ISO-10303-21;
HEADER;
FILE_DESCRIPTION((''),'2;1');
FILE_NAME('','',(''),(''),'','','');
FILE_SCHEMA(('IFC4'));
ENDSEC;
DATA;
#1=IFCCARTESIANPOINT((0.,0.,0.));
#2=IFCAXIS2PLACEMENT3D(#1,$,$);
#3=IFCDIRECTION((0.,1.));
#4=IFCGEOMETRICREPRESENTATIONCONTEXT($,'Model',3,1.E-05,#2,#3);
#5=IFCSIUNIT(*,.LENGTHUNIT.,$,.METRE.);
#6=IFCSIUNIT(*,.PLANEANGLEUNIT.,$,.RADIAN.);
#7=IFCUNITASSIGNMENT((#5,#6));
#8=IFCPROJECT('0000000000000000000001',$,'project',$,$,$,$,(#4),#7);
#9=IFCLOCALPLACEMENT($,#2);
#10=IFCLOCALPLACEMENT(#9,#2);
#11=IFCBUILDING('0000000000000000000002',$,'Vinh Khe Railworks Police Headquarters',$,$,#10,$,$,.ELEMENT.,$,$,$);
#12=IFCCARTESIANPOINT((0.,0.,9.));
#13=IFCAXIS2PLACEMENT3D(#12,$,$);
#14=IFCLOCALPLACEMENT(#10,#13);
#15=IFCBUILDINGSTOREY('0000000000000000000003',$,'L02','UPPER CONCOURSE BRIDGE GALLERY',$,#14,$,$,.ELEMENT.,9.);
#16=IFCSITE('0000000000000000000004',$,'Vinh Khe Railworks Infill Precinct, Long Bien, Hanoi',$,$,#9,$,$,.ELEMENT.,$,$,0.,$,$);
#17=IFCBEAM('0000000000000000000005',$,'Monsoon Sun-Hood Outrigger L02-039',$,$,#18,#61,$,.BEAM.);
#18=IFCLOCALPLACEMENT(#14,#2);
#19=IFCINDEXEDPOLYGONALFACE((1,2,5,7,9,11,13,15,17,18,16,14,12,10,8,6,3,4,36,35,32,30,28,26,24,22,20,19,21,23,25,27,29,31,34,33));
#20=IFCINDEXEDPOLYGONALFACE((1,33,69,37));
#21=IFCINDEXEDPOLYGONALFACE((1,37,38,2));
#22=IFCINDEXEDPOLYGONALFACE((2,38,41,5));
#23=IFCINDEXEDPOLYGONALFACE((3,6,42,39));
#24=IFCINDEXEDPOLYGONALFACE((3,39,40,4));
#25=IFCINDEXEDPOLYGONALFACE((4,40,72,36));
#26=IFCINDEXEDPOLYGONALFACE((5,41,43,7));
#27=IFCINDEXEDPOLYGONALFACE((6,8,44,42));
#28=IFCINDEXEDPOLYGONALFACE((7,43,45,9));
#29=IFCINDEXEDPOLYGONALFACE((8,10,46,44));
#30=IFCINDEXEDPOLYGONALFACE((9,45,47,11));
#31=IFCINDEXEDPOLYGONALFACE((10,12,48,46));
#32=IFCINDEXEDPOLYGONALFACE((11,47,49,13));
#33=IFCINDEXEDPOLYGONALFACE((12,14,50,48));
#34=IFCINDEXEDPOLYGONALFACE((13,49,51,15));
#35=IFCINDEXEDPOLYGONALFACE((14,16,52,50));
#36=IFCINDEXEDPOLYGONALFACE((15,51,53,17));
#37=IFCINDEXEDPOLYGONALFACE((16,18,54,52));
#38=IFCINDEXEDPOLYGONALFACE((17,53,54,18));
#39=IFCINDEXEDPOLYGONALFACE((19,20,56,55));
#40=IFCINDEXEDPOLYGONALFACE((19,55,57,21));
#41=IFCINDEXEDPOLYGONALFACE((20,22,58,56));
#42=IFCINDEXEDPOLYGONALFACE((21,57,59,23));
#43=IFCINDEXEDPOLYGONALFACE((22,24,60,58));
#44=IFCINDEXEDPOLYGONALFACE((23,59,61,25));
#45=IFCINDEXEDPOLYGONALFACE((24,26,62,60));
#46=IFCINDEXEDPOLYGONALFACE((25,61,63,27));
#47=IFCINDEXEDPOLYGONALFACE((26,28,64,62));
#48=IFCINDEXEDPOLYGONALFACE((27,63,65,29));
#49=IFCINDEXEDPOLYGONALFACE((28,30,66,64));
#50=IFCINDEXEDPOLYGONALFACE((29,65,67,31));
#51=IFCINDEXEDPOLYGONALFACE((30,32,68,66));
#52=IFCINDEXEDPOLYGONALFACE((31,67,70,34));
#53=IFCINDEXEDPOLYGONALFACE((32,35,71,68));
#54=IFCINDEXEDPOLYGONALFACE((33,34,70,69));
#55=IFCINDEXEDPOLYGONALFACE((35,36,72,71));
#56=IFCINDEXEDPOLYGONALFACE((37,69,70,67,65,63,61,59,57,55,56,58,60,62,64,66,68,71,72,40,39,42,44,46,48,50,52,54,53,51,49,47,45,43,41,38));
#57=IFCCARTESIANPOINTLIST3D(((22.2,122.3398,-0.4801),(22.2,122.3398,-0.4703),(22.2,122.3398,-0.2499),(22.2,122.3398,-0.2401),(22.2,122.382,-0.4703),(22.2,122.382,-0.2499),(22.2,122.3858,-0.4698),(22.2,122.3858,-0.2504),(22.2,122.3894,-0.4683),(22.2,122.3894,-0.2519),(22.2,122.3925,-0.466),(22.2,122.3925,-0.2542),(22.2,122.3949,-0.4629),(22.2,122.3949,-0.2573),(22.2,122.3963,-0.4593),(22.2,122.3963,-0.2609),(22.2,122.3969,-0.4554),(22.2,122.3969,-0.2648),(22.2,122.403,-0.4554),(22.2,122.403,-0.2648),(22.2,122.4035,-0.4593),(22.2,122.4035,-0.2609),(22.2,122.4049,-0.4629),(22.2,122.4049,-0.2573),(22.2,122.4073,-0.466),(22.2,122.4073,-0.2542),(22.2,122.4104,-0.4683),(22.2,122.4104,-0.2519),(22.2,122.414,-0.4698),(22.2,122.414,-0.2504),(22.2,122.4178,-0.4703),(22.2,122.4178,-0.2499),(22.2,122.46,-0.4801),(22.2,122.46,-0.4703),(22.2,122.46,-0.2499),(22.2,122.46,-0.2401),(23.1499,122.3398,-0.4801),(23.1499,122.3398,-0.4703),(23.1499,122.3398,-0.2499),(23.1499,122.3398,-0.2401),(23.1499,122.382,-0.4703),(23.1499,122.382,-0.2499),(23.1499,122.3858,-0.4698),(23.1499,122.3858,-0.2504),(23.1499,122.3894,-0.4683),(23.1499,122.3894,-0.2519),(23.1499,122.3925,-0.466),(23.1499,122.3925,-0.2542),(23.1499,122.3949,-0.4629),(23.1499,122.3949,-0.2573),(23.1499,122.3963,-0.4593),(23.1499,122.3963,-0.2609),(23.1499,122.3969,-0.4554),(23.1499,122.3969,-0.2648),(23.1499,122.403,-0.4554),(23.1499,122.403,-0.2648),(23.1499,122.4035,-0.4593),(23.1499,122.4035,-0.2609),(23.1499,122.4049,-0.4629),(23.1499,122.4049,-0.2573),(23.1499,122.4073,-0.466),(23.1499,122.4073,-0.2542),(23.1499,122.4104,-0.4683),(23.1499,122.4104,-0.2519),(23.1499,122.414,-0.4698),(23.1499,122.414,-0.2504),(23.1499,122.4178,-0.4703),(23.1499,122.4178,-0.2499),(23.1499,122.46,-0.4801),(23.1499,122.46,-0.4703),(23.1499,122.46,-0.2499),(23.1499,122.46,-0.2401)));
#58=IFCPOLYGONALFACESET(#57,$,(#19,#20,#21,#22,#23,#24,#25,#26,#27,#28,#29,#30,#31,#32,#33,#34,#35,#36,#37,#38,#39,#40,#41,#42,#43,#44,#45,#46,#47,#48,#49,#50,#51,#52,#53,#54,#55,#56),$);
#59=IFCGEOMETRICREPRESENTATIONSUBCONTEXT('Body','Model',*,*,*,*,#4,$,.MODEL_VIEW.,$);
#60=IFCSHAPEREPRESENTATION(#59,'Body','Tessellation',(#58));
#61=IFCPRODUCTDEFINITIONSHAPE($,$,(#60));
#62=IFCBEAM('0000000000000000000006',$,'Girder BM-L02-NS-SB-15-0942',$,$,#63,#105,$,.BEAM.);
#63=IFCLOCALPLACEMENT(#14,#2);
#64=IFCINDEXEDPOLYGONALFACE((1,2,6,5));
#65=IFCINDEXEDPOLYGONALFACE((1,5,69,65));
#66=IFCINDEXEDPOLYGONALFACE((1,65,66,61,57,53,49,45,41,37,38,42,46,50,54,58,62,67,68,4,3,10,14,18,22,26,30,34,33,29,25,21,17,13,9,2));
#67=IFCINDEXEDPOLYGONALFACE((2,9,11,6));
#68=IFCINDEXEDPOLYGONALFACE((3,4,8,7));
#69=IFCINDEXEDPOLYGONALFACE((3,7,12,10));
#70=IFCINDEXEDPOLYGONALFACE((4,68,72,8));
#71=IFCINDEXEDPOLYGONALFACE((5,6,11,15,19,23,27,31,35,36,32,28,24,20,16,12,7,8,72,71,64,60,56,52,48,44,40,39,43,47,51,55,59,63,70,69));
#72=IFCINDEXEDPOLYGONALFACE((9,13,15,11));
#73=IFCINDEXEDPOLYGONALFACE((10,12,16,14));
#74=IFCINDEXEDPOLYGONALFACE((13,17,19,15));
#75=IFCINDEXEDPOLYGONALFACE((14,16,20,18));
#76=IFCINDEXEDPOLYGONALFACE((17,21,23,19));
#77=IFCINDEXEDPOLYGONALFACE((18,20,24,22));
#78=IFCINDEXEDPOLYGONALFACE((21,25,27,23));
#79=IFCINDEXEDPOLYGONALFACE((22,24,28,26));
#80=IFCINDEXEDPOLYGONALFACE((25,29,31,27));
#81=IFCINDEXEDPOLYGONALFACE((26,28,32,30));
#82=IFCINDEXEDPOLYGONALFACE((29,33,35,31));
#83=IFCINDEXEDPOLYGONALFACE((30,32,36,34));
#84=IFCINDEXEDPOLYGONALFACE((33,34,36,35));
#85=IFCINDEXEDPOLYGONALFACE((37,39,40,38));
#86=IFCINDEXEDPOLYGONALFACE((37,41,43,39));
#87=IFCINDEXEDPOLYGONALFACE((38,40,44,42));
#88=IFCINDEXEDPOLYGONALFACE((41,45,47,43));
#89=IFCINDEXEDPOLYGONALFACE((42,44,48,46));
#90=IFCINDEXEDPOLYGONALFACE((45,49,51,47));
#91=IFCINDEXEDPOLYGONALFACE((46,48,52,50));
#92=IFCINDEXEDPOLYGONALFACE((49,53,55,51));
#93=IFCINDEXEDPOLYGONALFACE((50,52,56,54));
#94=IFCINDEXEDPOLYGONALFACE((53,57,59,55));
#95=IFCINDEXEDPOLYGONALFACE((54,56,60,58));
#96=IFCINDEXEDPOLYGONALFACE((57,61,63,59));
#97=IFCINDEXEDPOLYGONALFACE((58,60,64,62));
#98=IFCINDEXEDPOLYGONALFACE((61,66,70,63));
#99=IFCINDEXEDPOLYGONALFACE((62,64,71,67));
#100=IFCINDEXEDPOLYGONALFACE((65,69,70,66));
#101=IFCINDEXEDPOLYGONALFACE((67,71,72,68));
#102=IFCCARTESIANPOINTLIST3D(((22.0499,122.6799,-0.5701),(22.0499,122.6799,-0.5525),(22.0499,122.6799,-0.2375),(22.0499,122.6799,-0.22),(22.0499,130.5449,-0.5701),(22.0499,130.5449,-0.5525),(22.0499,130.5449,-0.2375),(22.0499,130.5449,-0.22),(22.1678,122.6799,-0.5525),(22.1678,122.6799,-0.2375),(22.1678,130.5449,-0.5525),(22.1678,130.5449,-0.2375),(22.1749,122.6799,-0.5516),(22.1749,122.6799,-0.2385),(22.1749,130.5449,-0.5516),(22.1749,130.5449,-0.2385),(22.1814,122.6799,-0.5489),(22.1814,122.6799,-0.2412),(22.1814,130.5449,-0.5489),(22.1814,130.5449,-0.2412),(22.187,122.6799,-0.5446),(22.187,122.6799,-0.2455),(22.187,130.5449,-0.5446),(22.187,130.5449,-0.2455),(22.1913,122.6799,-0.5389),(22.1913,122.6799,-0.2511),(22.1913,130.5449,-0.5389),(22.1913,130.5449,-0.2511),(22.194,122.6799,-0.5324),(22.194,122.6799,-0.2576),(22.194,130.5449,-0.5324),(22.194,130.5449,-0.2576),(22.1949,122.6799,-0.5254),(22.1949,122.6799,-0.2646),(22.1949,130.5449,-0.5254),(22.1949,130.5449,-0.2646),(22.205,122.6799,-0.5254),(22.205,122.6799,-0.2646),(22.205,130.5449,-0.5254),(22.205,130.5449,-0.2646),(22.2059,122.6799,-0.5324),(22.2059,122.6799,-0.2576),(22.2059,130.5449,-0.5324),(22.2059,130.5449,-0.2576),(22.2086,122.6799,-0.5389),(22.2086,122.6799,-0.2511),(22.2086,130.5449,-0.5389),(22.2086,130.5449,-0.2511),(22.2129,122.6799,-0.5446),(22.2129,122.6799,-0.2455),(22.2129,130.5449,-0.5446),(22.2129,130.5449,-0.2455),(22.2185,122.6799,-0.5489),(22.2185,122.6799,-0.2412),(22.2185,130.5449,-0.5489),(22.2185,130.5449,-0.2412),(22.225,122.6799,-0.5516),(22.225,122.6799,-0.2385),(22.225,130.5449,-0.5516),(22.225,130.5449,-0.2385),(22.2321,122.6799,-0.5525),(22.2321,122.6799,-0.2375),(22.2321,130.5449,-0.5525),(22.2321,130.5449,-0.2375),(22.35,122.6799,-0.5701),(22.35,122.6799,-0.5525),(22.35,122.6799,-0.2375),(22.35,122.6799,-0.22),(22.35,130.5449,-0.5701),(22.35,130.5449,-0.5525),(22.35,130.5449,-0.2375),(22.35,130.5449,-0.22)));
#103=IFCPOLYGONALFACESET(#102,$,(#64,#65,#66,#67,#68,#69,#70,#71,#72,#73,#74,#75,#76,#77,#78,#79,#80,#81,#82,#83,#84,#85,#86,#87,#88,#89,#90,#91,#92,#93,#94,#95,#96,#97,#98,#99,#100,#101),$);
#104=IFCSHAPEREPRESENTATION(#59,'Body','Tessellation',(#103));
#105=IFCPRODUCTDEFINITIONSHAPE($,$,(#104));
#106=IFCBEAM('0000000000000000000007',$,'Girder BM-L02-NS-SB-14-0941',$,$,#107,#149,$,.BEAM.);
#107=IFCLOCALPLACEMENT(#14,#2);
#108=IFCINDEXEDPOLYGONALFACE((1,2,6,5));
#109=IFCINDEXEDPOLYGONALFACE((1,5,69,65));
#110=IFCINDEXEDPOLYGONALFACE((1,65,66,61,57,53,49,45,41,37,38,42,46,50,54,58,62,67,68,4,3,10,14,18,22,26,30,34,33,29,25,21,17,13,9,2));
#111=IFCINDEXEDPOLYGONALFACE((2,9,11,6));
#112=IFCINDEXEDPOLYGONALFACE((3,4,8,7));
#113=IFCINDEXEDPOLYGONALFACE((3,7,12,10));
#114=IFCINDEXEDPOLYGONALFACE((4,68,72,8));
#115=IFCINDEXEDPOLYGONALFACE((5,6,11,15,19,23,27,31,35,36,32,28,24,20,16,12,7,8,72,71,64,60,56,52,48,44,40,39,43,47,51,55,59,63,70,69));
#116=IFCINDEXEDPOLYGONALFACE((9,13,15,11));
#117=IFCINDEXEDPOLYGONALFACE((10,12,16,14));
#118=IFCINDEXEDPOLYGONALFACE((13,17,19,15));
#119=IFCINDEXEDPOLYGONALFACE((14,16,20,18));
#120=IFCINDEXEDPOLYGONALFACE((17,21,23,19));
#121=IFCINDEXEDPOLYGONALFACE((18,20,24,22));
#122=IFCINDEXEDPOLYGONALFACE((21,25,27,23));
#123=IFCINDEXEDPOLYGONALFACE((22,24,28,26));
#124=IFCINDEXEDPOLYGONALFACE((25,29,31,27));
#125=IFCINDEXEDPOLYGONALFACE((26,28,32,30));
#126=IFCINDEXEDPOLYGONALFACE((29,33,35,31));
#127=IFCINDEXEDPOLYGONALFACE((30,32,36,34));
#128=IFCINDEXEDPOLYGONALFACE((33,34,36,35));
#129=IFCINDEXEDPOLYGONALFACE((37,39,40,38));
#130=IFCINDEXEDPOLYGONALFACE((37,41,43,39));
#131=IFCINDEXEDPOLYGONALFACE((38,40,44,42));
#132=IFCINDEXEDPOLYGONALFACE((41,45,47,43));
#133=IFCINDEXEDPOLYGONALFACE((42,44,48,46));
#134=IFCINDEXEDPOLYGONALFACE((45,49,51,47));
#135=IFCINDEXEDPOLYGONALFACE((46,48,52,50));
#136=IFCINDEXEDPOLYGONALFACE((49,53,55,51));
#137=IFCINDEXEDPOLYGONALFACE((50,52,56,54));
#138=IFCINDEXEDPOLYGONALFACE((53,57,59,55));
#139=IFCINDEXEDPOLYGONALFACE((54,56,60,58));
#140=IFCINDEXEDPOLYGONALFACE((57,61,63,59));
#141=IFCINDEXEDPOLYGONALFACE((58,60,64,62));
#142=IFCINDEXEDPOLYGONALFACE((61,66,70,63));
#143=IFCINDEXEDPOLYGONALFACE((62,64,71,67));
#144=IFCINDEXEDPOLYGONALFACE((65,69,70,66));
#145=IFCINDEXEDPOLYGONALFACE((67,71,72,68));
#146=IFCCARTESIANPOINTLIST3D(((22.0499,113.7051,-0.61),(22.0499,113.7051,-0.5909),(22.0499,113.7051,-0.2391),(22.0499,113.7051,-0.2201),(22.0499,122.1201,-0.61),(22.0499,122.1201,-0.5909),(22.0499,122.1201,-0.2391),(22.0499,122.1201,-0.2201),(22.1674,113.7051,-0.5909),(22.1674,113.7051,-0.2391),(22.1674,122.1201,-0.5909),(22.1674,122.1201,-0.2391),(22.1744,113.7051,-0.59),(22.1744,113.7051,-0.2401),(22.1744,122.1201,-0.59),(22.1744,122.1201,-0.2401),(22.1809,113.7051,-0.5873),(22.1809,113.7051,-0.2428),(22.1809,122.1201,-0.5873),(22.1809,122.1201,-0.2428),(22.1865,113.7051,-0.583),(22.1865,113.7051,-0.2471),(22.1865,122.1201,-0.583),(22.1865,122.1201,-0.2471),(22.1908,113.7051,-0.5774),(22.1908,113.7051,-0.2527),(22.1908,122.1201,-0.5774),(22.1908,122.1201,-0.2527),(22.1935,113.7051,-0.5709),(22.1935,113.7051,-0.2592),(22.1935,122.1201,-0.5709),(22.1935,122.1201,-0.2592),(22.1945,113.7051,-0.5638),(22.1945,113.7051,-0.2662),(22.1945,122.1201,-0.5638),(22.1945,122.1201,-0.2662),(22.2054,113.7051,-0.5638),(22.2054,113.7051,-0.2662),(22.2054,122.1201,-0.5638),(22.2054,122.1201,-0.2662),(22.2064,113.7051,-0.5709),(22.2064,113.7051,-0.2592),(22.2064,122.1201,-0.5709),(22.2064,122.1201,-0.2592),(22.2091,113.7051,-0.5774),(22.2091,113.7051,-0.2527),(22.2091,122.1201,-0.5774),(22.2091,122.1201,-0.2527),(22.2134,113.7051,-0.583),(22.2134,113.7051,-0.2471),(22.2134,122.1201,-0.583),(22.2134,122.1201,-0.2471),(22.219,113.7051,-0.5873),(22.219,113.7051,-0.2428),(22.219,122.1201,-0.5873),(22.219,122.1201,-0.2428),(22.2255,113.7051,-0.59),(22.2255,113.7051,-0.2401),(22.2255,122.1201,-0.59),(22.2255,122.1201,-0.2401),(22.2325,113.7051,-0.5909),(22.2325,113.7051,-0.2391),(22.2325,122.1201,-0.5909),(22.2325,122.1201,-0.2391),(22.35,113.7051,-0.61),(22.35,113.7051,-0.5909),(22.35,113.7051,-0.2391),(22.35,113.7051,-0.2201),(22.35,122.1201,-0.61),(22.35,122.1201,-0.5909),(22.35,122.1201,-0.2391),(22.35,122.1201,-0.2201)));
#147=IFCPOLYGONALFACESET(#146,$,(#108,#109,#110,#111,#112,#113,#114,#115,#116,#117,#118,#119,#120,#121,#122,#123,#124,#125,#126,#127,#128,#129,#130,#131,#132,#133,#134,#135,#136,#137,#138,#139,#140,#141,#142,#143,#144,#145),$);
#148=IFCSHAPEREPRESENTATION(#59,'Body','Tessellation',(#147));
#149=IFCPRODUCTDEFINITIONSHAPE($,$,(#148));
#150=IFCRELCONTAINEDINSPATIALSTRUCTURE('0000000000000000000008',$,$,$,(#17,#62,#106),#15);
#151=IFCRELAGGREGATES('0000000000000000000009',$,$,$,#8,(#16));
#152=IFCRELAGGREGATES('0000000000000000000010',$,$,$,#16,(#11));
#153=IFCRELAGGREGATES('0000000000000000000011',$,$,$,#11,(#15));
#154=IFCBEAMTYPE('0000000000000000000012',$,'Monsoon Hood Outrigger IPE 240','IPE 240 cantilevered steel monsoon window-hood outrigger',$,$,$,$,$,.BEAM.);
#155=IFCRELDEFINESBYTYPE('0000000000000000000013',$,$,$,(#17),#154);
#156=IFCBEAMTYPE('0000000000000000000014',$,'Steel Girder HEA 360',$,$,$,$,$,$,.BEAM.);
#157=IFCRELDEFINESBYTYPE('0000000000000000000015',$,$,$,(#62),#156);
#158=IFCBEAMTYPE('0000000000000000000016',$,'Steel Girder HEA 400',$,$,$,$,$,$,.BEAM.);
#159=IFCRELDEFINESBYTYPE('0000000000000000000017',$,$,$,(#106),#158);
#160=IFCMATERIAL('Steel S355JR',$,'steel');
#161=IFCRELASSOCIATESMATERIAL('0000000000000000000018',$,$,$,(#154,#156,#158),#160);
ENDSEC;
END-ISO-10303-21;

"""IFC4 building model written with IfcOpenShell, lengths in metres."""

from ifc_helpers import new_model, si_unit, direction, frame, origin, origin_2d, place, context, subcontext, project, spatial, i_section, extrude, material, material_profile, profile_set, type_object, element, save


model = new_model("IFC4")

# Units and contexts
model_context = context("Model", 3, precision=1e-05, world=origin(), true_north=direction((0.0, 1.0)))
body_context = subcontext(model_context, "Body", "Model", "MODEL_VIEW")
ifc_project = project(units=[si_unit("LENGTHUNIT", "METRE"), si_unit("PLANEANGLEUNIT", "RADIAN")], contexts=[model_context])

# Site, building, storey
site_placement = place(None, origin())
site = spatial("IfcSite", under=ifc_project, at=site_placement, Name="Vinh Khe Railworks Infill Precinct, Long Bien, Hanoi", CompositionType="ELEMENT", RefElevation=0.0)
building_placement = place(site_placement, origin())
building = spatial("IfcBuilding", under=site, at=building_placement, Name="Vinh Khe Railworks Police Headquarters", CompositionType="ELEMENT")
storey_placement = place(building_placement, frame((0.0, 0.0, 9.0)))
storey = spatial("IfcBuildingStorey", under=building, at=storey_placement, Name="L02", Description="UPPER CONCOURSE BRIDGE GALLERY", CompositionType="ELEMENT", Elevation=9.0)

# Shared definitions
ifc_material_1 = material(Name="Steel S355JR", Category="steel")

# Beams
ifc_material_profile_1 = material_profile(ifc_material_1, i_section(OverallWidth=0.1201, OverallDepth=0.24, WebThickness=0.0061, FlangeThickness=0.0098, FilletRadius=0.0149, at=origin_2d()), Name="IPE 240")
ifc_profile_set_1 = profile_set([ifc_material_profile_1], Name="Steel S355JR")
beam_type_1 = type_object("IfcBeamType", Name="Monsoon Hood Outrigger IPE 240", Description="IPE 240 cantilevered steel monsoon window-hood outrigger", PredefinedType="BEAM", material=ifc_profile_set_1)
for number, where, z_axis, x_axis, name in (
    (1, (22.2, 122.3999, -0.3601), (1.0, 0.0, 0.0), (0.0, 1.0, 0.0), "Monsoon Sun-Hood Outrigger L02-039"),
):
    element("IfcBeam", number, at=place(storey_placement, frame(where, z_axis=z_axis, x_axis=x_axis)), inside=storey, type_object=beam_type_1, Name=name, PredefinedType="BEAM", context=body_context, shape_type="SweptSolid", body=[
        extrude(i_section(OverallWidth=0.1201, OverallDepth=0.24, WebThickness=0.0061, FlangeThickness=0.0098, FilletRadius=0.0149, at=origin_2d()), origin(), (0.0, 0.0, 1.0), 0.95),
    ])
ifc_material_profile_2 = material_profile(ifc_material_1, i_section(OverallWidth=0.3, OverallDepth=0.3501, WebThickness=0.01, FlangeThickness=0.0176, FilletRadius=0.0271, at=origin_2d()), Name="HEA 360")
ifc_profile_set_2 = profile_set([ifc_material_profile_2], Name="Steel S355JR")
beam_type_2 = type_object("IfcBeamType", Name="Steel Girder HEA 360", PredefinedType="BEAM", material=ifc_profile_set_2)
beam_1_placement = place(storey_placement, frame((22.2, 122.6799, -0.395), z_axis=(0.0, 1.0, 0.0), x_axis=(-1.0, 0.0, 0.0)))
element("IfcBeam", 2, at=beam_1_placement, inside=storey, type_object=beam_type_2, Name="Girder BM-L02-NS-SB-15-0942", PredefinedType="BEAM", context=body_context, shape_type="SweptSolid", body=[
    extrude(i_section(OverallWidth=0.3, OverallDepth=0.3501, WebThickness=0.01, FlangeThickness=0.0176, FilletRadius=0.0271, at=origin_2d()), origin(), (0.0, 0.0, 1.0), 7.865),
])
ifc_material_profile_3 = material_profile(ifc_material_1, i_section(OverallWidth=0.3, OverallDepth=0.3899, WebThickness=0.011, FlangeThickness=0.019, FilletRadius=0.0271, at=origin_2d()), Name="HEA 400")
ifc_profile_set_3 = profile_set([ifc_material_profile_3], Name="Steel S355JR")
beam_type_3 = type_object("IfcBeamType", Name="Steel Girder HEA 400", PredefinedType="BEAM", material=ifc_profile_set_3)
beam_2_placement = place(storey_placement, frame((22.2, 113.7051, -0.415), z_axis=(0.0, 1.0, 0.0), x_axis=(-1.0, 0.0, 0.0)))
element("IfcBeam", 3, at=beam_2_placement, inside=storey, type_object=beam_type_3, Name="Girder BM-L02-NS-SB-14-0941", PredefinedType="BEAM", context=body_context, shape_type="SweptSolid", body=[
    extrude(i_section(OverallWidth=0.3, OverallDepth=0.3899, WebThickness=0.011, FlangeThickness=0.019, FilletRadius=0.0271, at=origin_2d()), origin(), (0.0, 0.0, 1.0), 8.415),
])

save(model, "model.ifc")
